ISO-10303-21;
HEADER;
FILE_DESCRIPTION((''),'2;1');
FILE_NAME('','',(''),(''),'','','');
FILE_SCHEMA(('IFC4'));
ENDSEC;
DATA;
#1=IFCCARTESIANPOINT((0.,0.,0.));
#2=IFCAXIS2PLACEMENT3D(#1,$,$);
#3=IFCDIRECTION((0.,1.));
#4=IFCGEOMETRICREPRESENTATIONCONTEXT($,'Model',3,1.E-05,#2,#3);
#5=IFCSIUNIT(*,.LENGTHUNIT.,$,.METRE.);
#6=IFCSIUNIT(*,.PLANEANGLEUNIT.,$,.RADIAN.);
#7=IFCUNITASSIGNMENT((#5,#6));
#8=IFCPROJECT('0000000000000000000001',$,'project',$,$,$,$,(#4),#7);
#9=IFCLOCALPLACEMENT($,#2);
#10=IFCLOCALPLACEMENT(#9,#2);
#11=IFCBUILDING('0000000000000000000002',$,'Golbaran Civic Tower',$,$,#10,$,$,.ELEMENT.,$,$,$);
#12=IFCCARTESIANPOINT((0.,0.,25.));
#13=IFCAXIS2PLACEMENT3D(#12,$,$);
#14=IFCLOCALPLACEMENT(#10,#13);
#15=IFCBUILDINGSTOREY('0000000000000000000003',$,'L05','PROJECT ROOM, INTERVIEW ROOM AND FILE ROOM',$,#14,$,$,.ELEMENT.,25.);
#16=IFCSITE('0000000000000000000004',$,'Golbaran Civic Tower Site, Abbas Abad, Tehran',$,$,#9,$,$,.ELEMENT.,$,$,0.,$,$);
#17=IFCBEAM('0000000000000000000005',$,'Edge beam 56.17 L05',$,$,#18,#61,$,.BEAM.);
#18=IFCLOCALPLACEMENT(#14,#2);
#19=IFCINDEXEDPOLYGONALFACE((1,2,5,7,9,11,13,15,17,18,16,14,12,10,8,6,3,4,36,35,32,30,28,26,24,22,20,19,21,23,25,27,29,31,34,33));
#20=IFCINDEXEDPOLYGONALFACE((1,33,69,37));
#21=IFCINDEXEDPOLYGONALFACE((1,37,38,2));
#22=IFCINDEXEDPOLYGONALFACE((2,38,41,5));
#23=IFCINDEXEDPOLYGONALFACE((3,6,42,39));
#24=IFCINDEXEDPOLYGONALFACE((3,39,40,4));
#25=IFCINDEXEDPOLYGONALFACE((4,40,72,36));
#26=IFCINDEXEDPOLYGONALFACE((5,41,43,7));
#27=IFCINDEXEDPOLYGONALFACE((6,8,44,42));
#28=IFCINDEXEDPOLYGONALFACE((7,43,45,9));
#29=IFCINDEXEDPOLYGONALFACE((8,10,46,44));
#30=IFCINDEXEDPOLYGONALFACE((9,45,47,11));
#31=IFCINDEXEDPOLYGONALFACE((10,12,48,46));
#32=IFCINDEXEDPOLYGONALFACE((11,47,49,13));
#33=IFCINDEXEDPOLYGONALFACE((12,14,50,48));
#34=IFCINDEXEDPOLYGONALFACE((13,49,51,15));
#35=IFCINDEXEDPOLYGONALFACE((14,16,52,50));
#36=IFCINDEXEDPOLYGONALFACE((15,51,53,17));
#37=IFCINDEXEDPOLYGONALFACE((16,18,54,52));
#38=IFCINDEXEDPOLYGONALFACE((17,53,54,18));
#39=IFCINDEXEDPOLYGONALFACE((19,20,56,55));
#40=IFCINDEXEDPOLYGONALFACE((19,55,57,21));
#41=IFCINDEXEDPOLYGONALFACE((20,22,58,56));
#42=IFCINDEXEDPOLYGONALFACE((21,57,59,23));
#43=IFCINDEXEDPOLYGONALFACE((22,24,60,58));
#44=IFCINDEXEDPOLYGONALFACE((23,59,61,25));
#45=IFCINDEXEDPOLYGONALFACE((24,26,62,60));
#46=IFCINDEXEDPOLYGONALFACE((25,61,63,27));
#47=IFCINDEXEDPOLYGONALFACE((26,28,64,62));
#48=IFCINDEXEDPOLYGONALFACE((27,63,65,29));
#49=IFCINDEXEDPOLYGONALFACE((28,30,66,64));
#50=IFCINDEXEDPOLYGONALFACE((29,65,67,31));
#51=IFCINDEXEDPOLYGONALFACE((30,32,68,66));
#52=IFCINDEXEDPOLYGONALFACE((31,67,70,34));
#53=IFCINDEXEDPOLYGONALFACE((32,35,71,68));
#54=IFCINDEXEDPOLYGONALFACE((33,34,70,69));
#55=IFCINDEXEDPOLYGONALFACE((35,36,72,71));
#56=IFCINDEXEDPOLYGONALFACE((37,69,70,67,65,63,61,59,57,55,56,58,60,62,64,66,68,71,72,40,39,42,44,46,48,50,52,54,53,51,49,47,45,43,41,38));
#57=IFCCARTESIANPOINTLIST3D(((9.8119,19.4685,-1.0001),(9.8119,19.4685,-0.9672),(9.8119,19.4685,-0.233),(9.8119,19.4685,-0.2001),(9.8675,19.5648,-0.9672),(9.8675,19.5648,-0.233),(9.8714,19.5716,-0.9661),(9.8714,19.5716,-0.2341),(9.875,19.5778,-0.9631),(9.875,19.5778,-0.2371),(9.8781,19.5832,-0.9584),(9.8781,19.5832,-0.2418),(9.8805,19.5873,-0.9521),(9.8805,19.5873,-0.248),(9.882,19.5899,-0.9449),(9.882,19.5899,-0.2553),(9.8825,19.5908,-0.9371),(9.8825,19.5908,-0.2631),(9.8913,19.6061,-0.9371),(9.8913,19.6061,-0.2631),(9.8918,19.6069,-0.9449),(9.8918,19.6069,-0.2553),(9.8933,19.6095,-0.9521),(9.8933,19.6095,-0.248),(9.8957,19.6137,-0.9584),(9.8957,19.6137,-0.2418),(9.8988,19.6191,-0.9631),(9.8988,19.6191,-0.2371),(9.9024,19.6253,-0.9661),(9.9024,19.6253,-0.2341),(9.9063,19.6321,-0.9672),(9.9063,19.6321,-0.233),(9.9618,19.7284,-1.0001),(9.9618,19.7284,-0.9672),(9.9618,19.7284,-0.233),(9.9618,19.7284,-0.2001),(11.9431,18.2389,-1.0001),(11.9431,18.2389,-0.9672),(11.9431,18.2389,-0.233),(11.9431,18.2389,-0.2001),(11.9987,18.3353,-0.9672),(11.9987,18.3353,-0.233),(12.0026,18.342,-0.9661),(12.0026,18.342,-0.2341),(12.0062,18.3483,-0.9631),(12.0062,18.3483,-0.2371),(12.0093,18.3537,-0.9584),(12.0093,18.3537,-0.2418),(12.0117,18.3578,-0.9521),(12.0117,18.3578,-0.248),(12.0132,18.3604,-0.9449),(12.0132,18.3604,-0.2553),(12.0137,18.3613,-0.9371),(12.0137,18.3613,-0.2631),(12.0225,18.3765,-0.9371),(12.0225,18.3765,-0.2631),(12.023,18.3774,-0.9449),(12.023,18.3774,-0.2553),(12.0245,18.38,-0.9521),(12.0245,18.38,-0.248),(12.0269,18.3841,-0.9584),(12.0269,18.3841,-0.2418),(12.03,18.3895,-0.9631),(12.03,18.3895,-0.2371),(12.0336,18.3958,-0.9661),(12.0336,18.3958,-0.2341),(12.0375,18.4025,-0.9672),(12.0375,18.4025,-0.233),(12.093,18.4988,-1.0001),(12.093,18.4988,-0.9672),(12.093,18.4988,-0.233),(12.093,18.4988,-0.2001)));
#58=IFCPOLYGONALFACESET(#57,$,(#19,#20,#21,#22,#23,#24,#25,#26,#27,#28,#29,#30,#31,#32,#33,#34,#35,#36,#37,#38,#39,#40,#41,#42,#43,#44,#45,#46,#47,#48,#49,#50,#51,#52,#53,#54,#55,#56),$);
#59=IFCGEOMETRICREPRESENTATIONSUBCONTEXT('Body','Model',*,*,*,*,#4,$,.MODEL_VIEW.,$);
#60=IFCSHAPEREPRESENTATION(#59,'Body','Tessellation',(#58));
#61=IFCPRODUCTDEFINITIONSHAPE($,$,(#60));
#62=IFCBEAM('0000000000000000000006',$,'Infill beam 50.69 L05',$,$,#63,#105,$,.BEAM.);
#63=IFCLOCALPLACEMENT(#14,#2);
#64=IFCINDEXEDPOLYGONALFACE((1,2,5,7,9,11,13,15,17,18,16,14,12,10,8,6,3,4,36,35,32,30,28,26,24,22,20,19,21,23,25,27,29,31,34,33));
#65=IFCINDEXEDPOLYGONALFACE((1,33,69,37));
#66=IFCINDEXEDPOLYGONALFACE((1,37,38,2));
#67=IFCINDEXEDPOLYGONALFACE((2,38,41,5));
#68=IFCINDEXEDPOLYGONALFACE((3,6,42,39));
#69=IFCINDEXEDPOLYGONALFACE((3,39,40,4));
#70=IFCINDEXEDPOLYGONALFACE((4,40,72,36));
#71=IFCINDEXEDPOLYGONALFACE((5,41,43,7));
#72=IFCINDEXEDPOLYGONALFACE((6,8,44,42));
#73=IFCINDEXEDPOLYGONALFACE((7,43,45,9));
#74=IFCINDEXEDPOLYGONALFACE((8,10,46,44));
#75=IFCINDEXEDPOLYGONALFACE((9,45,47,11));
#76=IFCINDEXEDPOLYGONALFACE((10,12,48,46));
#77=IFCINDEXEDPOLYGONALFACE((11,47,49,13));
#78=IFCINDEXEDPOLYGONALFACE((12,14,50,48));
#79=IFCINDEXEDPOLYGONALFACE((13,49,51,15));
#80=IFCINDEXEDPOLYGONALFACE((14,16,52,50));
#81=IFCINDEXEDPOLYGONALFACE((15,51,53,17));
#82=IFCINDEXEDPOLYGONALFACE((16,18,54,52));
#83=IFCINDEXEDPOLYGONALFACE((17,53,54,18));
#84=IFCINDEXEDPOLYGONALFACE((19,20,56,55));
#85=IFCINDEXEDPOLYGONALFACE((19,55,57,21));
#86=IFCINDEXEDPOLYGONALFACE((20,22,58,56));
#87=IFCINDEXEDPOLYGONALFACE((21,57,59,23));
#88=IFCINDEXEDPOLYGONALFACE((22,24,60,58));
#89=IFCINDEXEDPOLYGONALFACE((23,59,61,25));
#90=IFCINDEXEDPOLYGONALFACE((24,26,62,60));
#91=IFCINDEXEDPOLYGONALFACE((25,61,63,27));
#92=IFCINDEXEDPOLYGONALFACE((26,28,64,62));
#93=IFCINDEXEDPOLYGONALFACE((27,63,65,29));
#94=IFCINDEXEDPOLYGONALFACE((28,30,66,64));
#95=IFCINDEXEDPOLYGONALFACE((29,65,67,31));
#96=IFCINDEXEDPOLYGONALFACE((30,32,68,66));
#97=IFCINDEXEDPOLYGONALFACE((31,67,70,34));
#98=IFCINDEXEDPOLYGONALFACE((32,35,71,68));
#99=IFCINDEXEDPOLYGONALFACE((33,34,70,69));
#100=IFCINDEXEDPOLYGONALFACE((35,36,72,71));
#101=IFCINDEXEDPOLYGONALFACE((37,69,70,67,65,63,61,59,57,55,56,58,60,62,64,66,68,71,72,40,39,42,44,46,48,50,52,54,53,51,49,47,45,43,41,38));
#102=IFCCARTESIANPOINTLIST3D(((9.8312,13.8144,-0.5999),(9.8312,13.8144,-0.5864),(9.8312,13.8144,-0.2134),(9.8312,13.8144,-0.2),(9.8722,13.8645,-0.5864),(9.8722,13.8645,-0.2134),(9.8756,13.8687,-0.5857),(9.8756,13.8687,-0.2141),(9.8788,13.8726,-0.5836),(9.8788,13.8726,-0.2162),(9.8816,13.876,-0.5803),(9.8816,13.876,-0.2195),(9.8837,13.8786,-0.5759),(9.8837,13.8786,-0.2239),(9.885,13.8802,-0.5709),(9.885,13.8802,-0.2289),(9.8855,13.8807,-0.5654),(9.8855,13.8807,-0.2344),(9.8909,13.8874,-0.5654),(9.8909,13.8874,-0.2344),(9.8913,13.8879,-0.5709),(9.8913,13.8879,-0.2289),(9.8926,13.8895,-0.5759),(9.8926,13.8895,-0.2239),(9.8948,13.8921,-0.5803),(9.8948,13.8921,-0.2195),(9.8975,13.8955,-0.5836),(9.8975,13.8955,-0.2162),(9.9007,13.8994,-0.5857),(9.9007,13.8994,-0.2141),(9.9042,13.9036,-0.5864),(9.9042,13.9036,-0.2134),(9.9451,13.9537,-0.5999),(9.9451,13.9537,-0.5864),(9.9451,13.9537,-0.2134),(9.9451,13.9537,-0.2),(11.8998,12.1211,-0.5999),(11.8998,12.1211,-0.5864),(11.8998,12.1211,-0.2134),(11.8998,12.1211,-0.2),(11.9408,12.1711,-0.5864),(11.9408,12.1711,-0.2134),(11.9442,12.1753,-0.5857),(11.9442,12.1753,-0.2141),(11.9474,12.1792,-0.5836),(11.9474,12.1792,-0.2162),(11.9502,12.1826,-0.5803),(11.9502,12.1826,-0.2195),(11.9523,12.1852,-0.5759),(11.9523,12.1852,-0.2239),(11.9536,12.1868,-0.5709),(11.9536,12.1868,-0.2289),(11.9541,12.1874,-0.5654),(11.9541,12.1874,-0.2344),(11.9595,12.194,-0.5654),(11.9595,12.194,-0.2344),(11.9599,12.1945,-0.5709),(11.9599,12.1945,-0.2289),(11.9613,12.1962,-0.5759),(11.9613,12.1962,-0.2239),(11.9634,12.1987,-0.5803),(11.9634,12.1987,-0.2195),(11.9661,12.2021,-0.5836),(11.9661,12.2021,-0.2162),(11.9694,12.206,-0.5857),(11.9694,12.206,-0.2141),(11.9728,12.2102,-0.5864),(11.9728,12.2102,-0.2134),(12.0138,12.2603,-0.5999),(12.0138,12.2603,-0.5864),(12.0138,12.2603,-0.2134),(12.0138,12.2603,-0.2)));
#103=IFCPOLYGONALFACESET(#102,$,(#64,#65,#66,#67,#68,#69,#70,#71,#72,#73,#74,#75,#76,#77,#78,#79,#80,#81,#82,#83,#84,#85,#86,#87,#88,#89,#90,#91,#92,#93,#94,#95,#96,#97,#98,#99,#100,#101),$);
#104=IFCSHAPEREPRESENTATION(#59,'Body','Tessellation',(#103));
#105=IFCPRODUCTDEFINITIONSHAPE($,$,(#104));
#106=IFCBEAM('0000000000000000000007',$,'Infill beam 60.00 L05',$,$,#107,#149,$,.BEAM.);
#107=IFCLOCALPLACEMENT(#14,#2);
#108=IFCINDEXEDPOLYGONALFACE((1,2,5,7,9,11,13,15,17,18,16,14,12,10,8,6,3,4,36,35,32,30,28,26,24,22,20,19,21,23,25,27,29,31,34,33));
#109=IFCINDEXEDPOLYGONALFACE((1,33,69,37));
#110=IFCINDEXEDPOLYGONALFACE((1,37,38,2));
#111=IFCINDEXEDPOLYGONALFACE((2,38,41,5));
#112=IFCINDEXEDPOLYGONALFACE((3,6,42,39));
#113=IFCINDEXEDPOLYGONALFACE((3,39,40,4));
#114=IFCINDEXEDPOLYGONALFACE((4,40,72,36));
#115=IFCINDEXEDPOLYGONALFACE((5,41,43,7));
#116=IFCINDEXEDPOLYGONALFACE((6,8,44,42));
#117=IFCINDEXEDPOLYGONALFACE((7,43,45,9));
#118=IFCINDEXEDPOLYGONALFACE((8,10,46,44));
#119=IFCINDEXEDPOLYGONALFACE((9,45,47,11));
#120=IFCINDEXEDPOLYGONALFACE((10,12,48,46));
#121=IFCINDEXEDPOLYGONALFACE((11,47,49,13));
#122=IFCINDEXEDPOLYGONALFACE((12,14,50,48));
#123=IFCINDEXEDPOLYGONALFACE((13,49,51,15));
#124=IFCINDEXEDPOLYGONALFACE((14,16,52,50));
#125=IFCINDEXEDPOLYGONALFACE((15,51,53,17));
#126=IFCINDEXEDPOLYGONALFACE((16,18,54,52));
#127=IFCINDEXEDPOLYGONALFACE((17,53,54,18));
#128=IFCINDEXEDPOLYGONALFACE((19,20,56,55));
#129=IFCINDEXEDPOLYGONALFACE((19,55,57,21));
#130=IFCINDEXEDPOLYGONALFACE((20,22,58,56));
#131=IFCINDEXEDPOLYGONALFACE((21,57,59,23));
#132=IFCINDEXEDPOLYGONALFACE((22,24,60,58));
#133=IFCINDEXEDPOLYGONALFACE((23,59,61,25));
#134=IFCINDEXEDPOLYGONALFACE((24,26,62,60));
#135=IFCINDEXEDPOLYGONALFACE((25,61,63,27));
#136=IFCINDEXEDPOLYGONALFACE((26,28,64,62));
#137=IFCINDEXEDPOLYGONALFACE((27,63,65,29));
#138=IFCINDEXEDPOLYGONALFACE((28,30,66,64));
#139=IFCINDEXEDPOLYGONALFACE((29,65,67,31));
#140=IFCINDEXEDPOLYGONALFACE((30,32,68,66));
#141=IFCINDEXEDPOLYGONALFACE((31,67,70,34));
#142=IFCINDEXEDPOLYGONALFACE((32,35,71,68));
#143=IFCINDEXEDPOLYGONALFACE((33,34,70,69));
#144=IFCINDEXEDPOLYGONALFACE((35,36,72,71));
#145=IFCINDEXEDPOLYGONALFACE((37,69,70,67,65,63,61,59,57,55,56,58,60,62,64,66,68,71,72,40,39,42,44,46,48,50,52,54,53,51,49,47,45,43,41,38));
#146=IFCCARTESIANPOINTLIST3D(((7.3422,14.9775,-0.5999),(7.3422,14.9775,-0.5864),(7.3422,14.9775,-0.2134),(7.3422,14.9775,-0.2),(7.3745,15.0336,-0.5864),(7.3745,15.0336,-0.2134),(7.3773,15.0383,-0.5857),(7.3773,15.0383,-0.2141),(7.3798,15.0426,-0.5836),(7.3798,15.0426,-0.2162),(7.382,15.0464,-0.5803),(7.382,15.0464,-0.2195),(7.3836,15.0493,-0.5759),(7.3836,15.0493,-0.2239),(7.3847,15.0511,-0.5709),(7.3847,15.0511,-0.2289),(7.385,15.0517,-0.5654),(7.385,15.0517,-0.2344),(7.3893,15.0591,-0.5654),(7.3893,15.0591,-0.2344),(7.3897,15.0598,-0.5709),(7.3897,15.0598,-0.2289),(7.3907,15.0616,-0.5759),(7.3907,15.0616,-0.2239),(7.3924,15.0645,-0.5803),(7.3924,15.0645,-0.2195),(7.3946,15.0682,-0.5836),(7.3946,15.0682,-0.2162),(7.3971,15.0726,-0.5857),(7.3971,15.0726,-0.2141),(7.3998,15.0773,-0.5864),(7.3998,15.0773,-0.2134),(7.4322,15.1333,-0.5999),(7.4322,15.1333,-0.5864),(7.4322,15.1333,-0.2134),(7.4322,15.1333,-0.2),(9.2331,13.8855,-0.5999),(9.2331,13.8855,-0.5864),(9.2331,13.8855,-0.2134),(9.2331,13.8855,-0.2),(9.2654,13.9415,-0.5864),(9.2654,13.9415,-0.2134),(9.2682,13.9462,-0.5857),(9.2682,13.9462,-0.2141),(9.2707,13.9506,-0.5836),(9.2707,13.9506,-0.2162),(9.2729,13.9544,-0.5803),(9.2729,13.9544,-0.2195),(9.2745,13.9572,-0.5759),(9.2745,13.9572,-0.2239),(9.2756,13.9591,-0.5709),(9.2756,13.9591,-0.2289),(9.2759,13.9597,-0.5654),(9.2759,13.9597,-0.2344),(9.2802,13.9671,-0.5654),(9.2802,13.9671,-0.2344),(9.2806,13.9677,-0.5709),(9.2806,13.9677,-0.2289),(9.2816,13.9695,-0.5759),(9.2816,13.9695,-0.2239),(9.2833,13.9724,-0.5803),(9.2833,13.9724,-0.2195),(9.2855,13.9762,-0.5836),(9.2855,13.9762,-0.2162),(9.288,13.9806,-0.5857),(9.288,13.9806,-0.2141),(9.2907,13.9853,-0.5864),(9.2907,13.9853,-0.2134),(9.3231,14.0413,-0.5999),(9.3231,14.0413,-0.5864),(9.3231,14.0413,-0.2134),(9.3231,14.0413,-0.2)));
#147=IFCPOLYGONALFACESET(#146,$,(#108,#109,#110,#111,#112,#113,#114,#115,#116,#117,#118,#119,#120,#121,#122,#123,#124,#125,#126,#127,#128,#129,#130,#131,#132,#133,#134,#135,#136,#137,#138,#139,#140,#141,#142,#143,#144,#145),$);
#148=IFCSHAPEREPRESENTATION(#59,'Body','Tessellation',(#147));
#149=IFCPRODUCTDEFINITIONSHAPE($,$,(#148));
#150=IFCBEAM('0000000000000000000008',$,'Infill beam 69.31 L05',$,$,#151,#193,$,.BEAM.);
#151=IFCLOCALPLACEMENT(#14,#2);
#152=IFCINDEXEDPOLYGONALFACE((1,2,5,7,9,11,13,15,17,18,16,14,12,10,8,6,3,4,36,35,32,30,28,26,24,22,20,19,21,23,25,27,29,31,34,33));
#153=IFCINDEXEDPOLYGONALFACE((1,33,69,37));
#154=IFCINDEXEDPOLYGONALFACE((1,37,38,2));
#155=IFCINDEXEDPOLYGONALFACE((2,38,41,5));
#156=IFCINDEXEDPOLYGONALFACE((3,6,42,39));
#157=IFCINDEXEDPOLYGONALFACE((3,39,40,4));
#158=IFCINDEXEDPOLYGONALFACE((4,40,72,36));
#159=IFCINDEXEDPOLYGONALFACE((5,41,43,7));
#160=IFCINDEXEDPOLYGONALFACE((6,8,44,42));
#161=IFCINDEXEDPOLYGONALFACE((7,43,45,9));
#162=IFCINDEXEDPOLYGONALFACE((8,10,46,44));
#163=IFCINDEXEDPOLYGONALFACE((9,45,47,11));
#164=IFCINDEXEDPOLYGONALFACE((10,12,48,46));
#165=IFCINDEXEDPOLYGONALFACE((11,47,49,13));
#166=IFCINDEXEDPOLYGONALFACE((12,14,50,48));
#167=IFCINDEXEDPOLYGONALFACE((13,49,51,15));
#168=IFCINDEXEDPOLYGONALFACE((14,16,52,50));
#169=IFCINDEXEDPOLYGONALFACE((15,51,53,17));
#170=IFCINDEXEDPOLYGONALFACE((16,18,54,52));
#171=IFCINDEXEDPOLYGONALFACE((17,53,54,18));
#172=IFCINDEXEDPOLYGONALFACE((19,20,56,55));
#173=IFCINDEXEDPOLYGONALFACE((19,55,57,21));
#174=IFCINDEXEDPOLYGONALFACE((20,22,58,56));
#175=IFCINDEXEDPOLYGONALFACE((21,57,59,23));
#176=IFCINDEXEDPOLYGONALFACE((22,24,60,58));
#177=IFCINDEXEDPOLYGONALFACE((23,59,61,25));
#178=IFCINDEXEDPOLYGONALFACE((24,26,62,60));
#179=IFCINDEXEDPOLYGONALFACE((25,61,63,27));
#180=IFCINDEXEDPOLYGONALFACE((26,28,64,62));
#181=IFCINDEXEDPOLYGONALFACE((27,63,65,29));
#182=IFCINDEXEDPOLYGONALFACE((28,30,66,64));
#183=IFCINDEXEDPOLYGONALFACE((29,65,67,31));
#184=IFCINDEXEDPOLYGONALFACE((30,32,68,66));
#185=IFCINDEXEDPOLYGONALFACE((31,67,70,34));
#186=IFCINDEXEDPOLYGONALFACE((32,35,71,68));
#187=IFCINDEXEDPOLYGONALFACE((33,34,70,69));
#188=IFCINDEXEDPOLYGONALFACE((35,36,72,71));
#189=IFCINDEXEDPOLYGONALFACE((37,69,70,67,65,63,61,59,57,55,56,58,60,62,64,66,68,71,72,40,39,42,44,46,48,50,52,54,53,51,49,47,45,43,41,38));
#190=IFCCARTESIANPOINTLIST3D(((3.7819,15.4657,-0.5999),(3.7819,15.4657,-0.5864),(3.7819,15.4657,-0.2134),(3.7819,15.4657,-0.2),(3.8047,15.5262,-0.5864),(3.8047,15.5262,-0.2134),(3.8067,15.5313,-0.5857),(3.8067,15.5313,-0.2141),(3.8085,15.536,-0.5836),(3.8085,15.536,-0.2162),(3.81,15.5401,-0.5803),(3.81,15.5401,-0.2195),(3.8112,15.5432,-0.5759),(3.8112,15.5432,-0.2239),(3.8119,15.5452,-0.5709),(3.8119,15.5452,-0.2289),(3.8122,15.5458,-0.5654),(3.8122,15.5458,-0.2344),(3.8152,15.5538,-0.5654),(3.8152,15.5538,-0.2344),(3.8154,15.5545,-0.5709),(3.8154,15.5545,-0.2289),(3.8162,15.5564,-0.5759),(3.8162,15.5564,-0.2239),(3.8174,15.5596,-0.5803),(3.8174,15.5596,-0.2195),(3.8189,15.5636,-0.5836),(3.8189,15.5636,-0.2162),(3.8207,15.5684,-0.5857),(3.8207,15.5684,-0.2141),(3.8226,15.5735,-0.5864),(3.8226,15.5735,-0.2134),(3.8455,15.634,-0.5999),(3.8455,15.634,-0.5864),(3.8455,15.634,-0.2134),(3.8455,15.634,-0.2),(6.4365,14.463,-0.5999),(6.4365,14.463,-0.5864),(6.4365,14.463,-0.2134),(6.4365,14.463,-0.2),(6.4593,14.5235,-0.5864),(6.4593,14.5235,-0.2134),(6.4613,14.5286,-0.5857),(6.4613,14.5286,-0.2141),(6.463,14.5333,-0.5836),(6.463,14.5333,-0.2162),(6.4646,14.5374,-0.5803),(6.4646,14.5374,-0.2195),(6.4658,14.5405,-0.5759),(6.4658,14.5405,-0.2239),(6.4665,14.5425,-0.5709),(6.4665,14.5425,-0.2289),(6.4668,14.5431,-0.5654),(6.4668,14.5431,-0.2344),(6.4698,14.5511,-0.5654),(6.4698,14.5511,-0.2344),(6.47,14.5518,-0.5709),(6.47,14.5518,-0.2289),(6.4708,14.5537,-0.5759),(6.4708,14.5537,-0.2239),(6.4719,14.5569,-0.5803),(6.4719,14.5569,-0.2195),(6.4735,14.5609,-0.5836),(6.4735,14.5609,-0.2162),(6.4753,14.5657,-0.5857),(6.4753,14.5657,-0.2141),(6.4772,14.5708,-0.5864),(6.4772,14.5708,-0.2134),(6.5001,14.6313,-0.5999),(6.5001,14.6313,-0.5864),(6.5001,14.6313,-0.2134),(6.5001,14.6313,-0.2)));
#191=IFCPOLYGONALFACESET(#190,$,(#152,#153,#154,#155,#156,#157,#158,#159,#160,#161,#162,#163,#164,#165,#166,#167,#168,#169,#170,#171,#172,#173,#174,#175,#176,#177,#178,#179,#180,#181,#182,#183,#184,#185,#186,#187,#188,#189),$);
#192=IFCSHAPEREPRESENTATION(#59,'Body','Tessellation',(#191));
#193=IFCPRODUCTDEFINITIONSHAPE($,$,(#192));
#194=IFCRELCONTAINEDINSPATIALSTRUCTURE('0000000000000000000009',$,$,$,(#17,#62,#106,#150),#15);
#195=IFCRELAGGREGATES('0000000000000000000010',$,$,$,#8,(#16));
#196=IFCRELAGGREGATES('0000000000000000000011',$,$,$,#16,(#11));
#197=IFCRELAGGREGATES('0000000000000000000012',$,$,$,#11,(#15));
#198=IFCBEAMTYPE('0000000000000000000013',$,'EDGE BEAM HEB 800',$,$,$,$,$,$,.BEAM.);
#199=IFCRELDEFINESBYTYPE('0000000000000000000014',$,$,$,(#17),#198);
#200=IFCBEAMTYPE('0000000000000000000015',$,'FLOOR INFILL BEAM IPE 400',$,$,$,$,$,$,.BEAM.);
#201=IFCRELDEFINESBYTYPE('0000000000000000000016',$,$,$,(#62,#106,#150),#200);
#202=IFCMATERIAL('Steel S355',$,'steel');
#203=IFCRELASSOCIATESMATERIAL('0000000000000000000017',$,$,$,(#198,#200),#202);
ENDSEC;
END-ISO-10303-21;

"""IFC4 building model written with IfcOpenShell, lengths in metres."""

from ifc_helpers import new_model, si_unit, direction, frame, origin, origin_2d, place, context, subcontext, project, spatial, i_section, extrude, material, material_profile, profile_set, type_object, element, save


model = new_model("IFC4")

# Units and contexts
model_context = context("Model", 3, precision=1e-05, world=origin(), true_north=direction((0.0, 1.0)))
body_context = subcontext(model_context, "Body", "Model", "MODEL_VIEW")
ifc_project = project(units=[si_unit("LENGTHUNIT", "METRE"), si_unit("PLANEANGLEUNIT", "RADIAN")], contexts=[model_context])

# Site, building, storey
site_placement = place(None, origin())
site = spatial("IfcSite", under=ifc_project, at=site_placement, Name="Golbaran Civic Tower Site, Abbas Abad, Tehran", CompositionType="ELEMENT", RefElevation=0.0)
building_placement = place(site_placement, origin())
building = spatial("IfcBuilding", under=site, at=building_placement, Name="Golbaran Civic Tower", CompositionType="ELEMENT")
storey_placement = place(building_placement, frame((0.0, 0.0, 25.0)))
storey = spatial("IfcBuildingStorey", under=building, at=storey_placement, Name="L05", Description="PROJECT ROOM, INTERVIEW ROOM AND FILE ROOM", CompositionType="ELEMENT", Elevation=25.0)

# Beams
ifc_material_1 = material(Name="Steel S355", Category="steel")
ifc_material_profile_1 = material_profile(ifc_material_1, i_section(OverallWidth=0.3, OverallDepth=0.8, WebThickness=0.0176, FlangeThickness=0.033, FilletRadius=0.03, at=origin_2d()), Name="HEB 800")
ifc_profile_set_1 = profile_set([ifc_material_profile_1], Name="Steel S355")
beam_type_1 = type_object("IfcBeamType", Name="EDGE BEAM HEB 800", PredefinedType="BEAM", material=ifc_profile_set_1)
beam_1_placement = place(storey_placement, frame((12.0181, 18.3689, -0.6001), z_axis=(-0.866184, 0.499725, 0.0), x_axis=(-0.499725, -0.866184, 0.0)))
element("IfcBeam", 1, at=beam_1_placement, inside=storey, type_object=beam_type_1, Name="Edge beam 56.17 L05", PredefinedType="BEAM", context=body_context, shape_type="SweptSolid", body=[
    extrude(i_section(OverallWidth=0.3, OverallDepth=0.8, WebThickness=0.0176, FlangeThickness=0.033, FilletRadius=0.03, at=origin_2d()), origin(), (0.0, 0.0, 1.0), 2.4604),
])
ifc_material_profile_2 = material_profile(ifc_material_1, i_section(OverallWidth=0.1799, OverallDepth=0.3999, WebThickness=0.0085, FlangeThickness=0.0134, FilletRadius=0.021, at=origin_2d()), Name="IPE 400")
ifc_profile_set_2 = profile_set([ifc_material_profile_2], Name="Steel S355")
beam_type_2 = type_object("IfcBeamType", Name="FLOOR INFILL BEAM IPE 400", PredefinedType="BEAM", material=ifc_profile_set_2)
beam_2_placement = place(storey_placement, frame((11.9568, 12.1907, -0.3999), z_axis=(-0.773799, 0.633432, 0.0), x_axis=(-0.633432, -0.773799, 0.0)))
element("IfcBeam", 2, at=beam_2_placement, inside=storey, type_object=beam_type_2, Name="Infill beam 50.69 L05", PredefinedType="BEAM", context=body_context, shape_type="SweptSolid", body=[
    extrude(i_section(OverallWidth=0.1799, OverallDepth=0.3999, WebThickness=0.0085, FlangeThickness=0.0134, FilletRadius=0.021, at=origin_2d()), origin(), (0.0, 0.0, 1.0), 2.6733),
])
beam_3_placement = place(storey_placement, frame((9.2781, 13.9634, -0.3999), z_axis=(-0.865957, 0.500119, 0.0), x_axis=(-0.500119, -0.865957, 0.0)))
element("IfcBeam", 3, at=beam_3_placement, inside=storey, type_object=beam_type_2, Name="Infill beam 60.00 L05", PredefinedType="BEAM", context=body_context, shape_type="SweptSolid", body=[
    extrude(i_section(OverallWidth=0.1799, OverallDepth=0.3999, WebThickness=0.0085, FlangeThickness=0.0134, FilletRadius=0.021, at=origin_2d()), origin(), (0.0, 0.0, 1.0), 2.1836),
])
beam_4_placement = place(storey_placement, frame((6.4683, 14.5471, -0.3999), z_axis=(-0.935489, 0.353357, 0.0), x_axis=(-0.353357, -0.935489, 0.0)))
element("IfcBeam", 4, at=beam_4_placement, inside=storey, type_object=beam_type_2, Name="Infill beam 69.31 L05", PredefinedType="BEAM", context=body_context, shape_type="SweptSolid", body=[
    extrude(i_section(OverallWidth=0.1799, OverallDepth=0.3999, WebThickness=0.0085, FlangeThickness=0.0134, FilletRadius=0.021, at=origin_2d()), origin(), (0.0, 0.0, 1.0), 2.8376),
])

save(model, "model.ifc")
